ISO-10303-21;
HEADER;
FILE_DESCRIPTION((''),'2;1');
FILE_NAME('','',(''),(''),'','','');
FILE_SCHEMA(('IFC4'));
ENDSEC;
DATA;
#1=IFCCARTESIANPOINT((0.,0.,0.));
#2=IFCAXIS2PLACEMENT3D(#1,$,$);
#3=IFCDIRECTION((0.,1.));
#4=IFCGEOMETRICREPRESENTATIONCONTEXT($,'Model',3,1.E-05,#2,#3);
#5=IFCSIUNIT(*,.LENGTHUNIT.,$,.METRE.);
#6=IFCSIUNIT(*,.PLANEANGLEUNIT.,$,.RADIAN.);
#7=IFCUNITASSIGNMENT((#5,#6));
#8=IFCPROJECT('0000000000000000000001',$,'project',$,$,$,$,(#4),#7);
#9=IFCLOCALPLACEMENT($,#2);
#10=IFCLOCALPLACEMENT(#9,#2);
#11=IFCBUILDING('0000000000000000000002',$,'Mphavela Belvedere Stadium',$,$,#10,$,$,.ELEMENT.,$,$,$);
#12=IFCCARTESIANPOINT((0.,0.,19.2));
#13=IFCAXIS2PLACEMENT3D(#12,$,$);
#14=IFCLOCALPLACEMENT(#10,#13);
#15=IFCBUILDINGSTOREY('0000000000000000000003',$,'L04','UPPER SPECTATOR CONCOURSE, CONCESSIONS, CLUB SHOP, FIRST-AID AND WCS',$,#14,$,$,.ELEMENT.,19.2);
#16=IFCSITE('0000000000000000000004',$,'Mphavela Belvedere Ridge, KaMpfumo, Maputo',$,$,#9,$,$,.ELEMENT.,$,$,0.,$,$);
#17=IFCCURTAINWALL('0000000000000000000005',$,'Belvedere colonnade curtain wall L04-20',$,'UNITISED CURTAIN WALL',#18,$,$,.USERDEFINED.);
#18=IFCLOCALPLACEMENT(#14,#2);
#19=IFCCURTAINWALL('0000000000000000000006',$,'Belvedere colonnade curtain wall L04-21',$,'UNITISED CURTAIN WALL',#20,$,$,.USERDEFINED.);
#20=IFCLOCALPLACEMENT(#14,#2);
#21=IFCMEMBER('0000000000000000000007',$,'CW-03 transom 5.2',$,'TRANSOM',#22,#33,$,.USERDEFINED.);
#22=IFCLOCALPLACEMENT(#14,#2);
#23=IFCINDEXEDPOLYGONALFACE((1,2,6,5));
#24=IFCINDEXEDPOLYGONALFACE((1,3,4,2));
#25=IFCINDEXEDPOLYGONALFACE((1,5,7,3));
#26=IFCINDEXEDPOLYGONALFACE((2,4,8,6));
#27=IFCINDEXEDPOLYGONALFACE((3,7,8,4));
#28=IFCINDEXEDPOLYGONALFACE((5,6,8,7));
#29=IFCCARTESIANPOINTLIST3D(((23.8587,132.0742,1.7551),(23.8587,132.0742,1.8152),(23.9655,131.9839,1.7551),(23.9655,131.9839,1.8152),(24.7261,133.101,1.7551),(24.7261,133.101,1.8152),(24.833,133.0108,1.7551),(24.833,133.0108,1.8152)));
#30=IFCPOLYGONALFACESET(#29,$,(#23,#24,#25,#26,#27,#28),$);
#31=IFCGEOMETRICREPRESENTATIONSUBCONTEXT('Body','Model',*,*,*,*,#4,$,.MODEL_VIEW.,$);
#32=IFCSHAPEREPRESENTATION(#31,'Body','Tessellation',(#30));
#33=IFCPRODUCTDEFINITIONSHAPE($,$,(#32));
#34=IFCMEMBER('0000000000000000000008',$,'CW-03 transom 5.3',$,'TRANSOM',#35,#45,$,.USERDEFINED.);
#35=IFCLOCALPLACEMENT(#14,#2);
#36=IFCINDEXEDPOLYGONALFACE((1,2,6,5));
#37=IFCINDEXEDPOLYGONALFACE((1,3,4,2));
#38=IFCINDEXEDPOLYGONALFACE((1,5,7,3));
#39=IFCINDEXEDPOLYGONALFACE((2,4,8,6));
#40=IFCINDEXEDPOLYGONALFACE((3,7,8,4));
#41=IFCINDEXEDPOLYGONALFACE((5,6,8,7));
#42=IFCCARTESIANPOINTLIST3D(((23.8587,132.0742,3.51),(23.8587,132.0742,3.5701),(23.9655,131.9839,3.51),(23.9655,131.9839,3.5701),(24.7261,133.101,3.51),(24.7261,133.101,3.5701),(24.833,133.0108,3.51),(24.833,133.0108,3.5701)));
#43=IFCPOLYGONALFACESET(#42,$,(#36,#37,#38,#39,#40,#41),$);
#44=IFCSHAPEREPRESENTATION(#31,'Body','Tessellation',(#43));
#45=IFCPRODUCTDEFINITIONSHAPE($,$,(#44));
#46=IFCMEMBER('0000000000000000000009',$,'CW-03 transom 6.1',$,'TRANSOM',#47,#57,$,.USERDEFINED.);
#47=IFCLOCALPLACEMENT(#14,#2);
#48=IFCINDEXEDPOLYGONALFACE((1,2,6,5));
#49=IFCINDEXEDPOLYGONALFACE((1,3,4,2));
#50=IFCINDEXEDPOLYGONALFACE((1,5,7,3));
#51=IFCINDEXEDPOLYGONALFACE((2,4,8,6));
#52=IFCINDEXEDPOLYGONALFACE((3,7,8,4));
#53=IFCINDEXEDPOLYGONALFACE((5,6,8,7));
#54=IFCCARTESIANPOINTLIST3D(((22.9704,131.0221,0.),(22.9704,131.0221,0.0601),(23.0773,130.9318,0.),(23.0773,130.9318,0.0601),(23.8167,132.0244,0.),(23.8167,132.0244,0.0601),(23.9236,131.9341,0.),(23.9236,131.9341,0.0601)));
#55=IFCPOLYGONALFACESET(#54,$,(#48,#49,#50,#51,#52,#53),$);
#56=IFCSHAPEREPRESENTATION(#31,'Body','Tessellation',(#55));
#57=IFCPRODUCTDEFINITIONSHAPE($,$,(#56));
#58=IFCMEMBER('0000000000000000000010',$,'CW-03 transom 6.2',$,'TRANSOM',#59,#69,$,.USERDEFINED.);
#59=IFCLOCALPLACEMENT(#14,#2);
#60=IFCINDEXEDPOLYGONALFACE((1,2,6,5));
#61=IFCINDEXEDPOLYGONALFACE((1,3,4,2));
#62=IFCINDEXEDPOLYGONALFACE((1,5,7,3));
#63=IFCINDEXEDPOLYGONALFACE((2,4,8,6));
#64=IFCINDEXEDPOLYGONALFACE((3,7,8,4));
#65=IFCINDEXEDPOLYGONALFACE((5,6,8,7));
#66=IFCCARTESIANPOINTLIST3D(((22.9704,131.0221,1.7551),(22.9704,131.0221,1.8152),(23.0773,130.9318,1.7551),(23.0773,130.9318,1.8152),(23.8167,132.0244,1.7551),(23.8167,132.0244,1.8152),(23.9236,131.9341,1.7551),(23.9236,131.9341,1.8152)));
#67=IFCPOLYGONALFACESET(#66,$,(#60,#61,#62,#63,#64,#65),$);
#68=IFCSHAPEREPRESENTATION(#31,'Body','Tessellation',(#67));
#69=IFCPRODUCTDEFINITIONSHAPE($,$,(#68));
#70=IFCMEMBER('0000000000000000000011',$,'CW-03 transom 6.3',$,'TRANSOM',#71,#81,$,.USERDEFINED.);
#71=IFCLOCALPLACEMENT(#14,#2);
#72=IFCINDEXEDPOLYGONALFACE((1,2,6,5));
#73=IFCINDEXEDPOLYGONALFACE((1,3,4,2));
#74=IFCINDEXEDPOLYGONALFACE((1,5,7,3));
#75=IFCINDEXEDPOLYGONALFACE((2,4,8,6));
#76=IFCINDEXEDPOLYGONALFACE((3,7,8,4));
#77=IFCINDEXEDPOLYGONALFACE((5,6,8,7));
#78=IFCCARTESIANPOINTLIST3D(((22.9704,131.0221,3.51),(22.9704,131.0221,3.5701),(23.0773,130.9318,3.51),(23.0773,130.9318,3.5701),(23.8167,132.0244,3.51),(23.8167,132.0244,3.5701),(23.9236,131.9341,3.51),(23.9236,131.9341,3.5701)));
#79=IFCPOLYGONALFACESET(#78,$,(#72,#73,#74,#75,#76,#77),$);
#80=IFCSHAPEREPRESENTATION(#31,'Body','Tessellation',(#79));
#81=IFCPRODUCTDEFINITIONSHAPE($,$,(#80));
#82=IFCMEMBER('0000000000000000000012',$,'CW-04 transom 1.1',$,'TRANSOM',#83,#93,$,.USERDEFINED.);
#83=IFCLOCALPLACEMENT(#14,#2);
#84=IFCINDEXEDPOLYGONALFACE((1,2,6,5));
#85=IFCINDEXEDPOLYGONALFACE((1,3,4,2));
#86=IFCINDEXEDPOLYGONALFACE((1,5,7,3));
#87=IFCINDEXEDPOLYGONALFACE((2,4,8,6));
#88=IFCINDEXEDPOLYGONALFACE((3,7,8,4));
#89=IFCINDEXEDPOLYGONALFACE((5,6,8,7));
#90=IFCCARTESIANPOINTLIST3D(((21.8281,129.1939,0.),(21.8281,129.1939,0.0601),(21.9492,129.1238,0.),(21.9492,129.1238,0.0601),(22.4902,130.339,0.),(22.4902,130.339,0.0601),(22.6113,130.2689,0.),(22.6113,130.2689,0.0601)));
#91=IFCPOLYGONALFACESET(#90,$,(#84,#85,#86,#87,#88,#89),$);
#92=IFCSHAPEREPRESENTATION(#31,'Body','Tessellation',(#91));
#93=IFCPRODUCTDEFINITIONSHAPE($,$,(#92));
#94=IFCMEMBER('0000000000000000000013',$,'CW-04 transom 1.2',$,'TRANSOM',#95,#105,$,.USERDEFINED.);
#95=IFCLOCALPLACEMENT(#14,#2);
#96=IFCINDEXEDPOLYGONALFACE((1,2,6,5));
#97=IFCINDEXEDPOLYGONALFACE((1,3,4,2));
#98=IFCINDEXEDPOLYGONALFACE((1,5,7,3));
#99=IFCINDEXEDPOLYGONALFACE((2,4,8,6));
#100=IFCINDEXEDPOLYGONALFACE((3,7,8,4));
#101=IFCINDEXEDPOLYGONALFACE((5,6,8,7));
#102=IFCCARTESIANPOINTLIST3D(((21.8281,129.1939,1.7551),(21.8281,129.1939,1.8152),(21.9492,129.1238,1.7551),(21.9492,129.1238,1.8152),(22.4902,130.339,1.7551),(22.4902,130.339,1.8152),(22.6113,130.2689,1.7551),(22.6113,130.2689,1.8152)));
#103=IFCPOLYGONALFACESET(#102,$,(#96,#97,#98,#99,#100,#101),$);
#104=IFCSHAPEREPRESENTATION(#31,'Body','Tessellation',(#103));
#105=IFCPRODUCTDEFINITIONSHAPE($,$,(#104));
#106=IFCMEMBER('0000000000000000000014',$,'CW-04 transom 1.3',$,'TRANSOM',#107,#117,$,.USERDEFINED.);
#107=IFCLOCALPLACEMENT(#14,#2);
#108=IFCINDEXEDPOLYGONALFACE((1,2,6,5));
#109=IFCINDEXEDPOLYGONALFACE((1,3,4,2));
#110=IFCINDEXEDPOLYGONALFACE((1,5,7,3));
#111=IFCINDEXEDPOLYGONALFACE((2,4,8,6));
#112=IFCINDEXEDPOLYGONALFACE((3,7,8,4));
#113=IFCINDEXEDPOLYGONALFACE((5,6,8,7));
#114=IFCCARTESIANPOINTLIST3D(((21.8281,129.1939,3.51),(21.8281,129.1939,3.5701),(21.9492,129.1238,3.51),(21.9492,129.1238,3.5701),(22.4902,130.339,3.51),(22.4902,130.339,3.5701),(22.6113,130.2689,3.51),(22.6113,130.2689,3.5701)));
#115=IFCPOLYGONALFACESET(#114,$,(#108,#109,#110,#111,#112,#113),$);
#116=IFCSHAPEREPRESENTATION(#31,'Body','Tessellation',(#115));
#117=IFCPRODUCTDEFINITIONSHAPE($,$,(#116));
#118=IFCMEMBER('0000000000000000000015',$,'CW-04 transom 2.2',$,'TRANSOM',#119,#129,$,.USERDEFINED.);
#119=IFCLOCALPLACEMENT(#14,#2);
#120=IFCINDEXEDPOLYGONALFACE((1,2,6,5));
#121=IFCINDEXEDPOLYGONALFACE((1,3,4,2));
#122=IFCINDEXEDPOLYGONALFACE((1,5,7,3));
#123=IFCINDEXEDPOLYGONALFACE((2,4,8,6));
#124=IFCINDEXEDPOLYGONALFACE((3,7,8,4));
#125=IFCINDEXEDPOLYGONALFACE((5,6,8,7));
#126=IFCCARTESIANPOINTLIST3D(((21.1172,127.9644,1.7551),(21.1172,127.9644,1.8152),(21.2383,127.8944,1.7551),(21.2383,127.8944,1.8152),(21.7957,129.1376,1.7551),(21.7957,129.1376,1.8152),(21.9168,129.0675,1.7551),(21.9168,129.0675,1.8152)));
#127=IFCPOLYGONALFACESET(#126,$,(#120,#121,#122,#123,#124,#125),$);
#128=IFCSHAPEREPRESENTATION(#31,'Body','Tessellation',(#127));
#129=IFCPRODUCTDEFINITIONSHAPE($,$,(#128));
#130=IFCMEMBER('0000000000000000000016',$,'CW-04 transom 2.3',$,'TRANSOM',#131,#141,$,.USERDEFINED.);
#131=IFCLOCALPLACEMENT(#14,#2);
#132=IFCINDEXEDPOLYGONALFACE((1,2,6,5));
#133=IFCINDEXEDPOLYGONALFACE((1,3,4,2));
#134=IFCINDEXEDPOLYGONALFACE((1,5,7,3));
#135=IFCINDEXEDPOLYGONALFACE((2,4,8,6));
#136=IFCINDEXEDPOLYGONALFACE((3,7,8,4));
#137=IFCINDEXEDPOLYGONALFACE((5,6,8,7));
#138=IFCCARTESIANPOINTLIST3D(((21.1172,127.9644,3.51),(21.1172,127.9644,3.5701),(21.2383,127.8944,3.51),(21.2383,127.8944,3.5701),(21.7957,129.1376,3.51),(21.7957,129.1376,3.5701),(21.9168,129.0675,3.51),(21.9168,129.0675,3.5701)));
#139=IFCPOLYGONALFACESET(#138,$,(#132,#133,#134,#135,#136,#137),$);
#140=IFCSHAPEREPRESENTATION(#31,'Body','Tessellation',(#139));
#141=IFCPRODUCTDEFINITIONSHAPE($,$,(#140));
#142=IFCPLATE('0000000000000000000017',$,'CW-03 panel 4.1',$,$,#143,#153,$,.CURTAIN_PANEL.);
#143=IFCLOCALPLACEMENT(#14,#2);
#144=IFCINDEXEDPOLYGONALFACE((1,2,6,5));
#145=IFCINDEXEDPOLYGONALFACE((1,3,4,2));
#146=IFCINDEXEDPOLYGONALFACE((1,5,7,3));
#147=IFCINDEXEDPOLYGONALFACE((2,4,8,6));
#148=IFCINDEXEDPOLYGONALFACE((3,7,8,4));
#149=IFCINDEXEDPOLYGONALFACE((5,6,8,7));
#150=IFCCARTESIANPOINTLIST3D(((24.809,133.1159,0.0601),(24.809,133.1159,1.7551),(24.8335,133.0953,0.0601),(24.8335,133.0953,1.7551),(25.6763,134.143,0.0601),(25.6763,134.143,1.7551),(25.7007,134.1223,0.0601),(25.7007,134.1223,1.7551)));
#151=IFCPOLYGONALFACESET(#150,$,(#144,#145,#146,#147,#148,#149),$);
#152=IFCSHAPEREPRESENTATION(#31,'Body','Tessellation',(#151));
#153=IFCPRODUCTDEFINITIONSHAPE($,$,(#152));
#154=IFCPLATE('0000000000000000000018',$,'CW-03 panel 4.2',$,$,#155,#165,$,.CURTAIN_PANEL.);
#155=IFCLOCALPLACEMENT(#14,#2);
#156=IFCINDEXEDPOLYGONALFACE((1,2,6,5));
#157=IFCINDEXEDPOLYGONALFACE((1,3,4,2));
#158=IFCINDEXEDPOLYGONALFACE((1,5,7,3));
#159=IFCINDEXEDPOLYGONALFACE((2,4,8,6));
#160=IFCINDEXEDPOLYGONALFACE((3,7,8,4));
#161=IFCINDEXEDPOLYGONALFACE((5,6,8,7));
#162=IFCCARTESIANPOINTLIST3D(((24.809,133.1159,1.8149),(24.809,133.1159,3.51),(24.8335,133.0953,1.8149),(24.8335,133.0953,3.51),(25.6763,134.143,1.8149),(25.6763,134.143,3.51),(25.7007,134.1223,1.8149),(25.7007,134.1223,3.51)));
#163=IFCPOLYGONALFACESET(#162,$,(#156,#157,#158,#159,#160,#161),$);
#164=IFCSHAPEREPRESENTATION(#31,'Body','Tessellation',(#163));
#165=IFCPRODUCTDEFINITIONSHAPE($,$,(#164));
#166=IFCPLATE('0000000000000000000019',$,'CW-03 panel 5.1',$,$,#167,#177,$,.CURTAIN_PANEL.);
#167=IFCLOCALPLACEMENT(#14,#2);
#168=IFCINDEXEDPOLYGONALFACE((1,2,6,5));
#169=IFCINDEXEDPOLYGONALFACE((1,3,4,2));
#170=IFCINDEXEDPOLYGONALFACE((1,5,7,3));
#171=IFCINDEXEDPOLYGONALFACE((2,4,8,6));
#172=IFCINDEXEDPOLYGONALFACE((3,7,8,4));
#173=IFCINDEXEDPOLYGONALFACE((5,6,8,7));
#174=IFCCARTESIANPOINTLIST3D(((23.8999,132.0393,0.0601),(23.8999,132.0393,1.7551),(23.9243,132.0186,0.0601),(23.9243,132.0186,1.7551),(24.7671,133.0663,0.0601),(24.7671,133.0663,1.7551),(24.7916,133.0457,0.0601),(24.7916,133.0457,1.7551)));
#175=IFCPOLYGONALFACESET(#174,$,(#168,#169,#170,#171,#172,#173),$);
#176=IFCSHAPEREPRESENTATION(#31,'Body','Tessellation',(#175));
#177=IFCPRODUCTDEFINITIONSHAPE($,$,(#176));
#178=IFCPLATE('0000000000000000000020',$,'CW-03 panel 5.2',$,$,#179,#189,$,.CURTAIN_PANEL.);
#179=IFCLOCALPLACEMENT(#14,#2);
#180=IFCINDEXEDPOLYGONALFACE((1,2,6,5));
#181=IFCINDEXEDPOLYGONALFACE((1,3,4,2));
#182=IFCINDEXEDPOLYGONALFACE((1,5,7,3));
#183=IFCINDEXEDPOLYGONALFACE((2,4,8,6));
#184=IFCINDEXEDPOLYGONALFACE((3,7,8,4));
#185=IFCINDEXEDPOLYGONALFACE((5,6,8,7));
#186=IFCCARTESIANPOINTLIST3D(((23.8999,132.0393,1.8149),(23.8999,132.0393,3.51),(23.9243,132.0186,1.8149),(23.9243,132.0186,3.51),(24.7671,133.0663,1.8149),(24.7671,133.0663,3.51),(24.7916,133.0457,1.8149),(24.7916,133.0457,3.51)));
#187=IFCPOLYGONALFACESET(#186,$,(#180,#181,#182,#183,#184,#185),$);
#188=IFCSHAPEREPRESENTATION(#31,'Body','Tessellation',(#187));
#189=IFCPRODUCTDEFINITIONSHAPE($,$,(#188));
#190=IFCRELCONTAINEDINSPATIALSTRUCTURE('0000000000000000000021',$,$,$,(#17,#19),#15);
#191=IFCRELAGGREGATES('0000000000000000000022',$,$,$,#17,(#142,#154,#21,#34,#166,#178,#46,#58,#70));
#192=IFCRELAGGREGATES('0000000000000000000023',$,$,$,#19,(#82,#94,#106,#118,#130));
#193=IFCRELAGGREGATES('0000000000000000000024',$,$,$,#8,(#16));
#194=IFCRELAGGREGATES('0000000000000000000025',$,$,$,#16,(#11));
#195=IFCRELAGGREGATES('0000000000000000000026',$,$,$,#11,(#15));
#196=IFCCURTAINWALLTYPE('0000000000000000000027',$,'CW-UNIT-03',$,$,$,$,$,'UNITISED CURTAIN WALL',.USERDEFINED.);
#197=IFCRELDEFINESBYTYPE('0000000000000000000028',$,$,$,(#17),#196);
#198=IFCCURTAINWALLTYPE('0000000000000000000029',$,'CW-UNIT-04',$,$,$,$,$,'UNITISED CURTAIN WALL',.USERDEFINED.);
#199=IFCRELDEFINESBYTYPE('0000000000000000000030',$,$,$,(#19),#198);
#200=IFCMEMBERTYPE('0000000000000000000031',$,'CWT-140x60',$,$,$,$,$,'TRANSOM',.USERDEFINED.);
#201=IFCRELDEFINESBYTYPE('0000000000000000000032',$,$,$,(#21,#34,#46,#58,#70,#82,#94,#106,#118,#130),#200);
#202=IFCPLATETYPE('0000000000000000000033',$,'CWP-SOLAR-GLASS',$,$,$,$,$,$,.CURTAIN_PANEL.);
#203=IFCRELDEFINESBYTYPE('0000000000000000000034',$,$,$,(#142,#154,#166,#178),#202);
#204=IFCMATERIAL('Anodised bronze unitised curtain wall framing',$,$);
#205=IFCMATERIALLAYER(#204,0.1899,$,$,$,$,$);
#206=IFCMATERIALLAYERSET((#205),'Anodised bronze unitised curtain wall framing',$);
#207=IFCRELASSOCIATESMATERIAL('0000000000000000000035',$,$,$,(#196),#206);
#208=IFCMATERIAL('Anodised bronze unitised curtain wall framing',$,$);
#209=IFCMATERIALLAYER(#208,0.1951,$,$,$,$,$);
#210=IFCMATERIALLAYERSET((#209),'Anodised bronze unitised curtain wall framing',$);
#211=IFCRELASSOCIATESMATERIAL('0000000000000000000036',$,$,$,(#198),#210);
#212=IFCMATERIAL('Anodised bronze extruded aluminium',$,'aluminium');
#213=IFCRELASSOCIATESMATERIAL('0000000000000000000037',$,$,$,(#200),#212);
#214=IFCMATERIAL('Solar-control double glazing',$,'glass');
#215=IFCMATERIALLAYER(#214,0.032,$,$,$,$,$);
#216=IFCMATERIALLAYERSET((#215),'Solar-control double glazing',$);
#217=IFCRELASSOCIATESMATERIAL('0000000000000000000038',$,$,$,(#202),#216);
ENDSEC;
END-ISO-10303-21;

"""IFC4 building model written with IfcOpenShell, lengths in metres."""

from ifc_helpers import new_model, si_unit, direction, frame, origin, origin_2d, place, context, subcontext, project, spatial, rectangle, extrude, material, layer, layer_set, material_profile, profile_set, type_object, element, aggregate, save


model = new_model("IFC4")

# Units and contexts
model_context = context("Model", 3, precision=1e-05, world=origin(), true_north=direction((0.0, 1.0)))
body_context = subcontext(model_context, "Body", "Model", "MODEL_VIEW")
ifc_project = project(units=[si_unit("LENGTHUNIT", "METRE"), si_unit("PLANEANGLEUNIT", "RADIAN")], contexts=[model_context])

# Site, building, storey
site_placement = place(None, origin())
site = spatial("IfcSite", under=ifc_project, at=site_placement, Name="Mphavela Belvedere Ridge, KaMpfumo, Maputo", CompositionType="ELEMENT", RefElevation=0.0)
building_placement = place(site_placement, origin())
building = spatial("IfcBuilding", under=site, at=building_placement, Name="Mphavela Belvedere Stadium", CompositionType="ELEMENT")
storey_placement = place(building_placement, frame((0.0, 0.0, 19.2)))
storey = spatial("IfcBuildingStorey", under=building, at=storey_placement, Name="L04", Description="UPPER SPECTATOR CONCOURSE, CONCESSIONS, CLUB SHOP, FIRST-AID AND WCS", CompositionType="ELEMENT", Elevation=19.2)

# Curtain walls
ifc_material_1 = material(Name="Anodised bronze unitised curtain wall framing")
ifc_layer_1 = layer(ifc_material_1, 0.1899)
ifc_layer_set_1 = layer_set([ifc_layer_1], Name="Anodised bronze unitised curtain wall framing")
curtain_wall_type_1 = type_object("IfcCurtainWallType", Name="CW-UNIT-03", ElementType="UNITISED CURTAIN WALL", PredefinedType="USERDEFINED", material=ifc_layer_set_1)
curtain_wall_1_placement = place(storey_placement, origin())
curtain_wall_1 = element("IfcCurtainWall", 1, at=curtain_wall_1_placement, inside=storey, type_object=curtain_wall_type_1, Name="Belvedere colonnade curtain wall L04-20", ObjectType="UNITISED CURTAIN WALL", PredefinedType="USERDEFINED")
ifc_material_2 = material(Name="Anodised bronze unitised curtain wall framing")
ifc_layer_2 = layer(ifc_material_2, 0.1951)
ifc_layer_set_2 = layer_set([ifc_layer_2], Name="Anodised bronze unitised curtain wall framing")
curtain_wall_type_2 = type_object("IfcCurtainWallType", Name="CW-UNIT-04", ElementType="UNITISED CURTAIN WALL", PredefinedType="USERDEFINED", material=ifc_layer_set_2)
curtain_wall_2_placement = place(storey_placement, origin())
curtain_wall_2 = element("IfcCurtainWall", 2, at=curtain_wall_2_placement, inside=storey, type_object=curtain_wall_type_2, Name="Belvedere colonnade curtain wall L04-21", ObjectType="UNITISED CURTAIN WALL", PredefinedType="USERDEFINED")

# Members
ifc_material_3 = material(Name="Anodised bronze extruded aluminium", Category="aluminium")
ifc_material_profile_1 = material_profile(ifc_material_3, rectangle(XDim=0.1399, YDim=0.0601, at=origin_2d()), Name="CW-TRN 140x60")
ifc_profile_set_1 = profile_set([ifc_material_profile_1], Name="Anodised bronze extruded aluminium")
member_type_1 = type_object("IfcMemberType", Name="CWT-140x60", ElementType="TRANSOM", PredefinedType="USERDEFINED", material=ifc_profile_set_1)
member_1_placement = place(storey_placement, frame((24.7795, 133.0559, 1.7852), z_axis=(-0.645315, -0.763916, 0.0), x_axis=(0.763916, -0.645315, 0.0)))
member_1 = element("IfcMember", 3, at=member_1_placement, type_object=member_type_1, Name="CW-03 transom 5.2", ObjectType="TRANSOM", PredefinedType="USERDEFINED", context=body_context, shape_type="SweptSolid", body=[
    extrude(rectangle(XDim=0.1399, YDim=0.0601, at=origin_2d()), origin(), (0.0, 0.0, 1.0), 1.3442),
])
member_2_placement = place(storey_placement, frame((24.7795, 133.0559, 3.54), z_axis=(-0.645315, -0.763916, 0.0), x_axis=(0.763916, -0.645315, 0.0)))
member_2 = element("IfcMember", 4, at=member_2_placement, type_object=member_type_1, Name="CW-03 transom 5.3", ObjectType="TRANSOM", PredefinedType="USERDEFINED", context=body_context, shape_type="SweptSolid", body=[
    extrude(rectangle(XDim=0.1399, YDim=0.0601, at=origin_2d()), origin(), (0.0, 0.0, 1.0), 1.3442),
])
member_3_placement = place(storey_placement, frame((23.8701, 131.9792, 0.03), z_axis=(-0.645133, -0.764071, 0.0), x_axis=(0.764071, -0.645133, 0.0)))
member_3 = element("IfcMember", 5, at=member_3_placement, type_object=member_type_1, Name="CW-03 transom 6.1", ObjectType="TRANSOM", PredefinedType="USERDEFINED", context=body_context, shape_type="SweptSolid", body=[
    extrude(rectangle(XDim=0.1399, YDim=0.0601, at=origin_2d()), origin(), (0.0, 0.0, 1.0), 1.3118),
])
member_4_placement = place(storey_placement, frame((23.8701, 131.9792, 1.7852), z_axis=(-0.645133, -0.764071, 0.0), x_axis=(0.764071, -0.645133, 0.0)))
member_4 = element("IfcMember", 6, at=member_4_placement, type_object=member_type_1, Name="CW-03 transom 6.2", ObjectType="TRANSOM", PredefinedType="USERDEFINED", context=body_context, shape_type="SweptSolid", body=[
    extrude(rectangle(XDim=0.1399, YDim=0.0601, at=origin_2d()), origin(), (0.0, 0.0, 1.0), 1.3118),
])
member_5_placement = place(storey_placement, frame((23.8701, 131.9792, 3.54), z_axis=(-0.645133, -0.764071, 0.0), x_axis=(0.764071, -0.645133, 0.0)))
member_5 = element("IfcMember", 7, at=member_5_placement, type_object=member_type_1, Name="CW-03 transom 6.3", ObjectType="TRANSOM", PredefinedType="USERDEFINED", context=body_context, shape_type="SweptSolid", body=[
    extrude(rectangle(XDim=0.1399, YDim=0.0601, at=origin_2d()), origin(), (0.0, 0.0, 1.0), 1.3118),
])
member_6_placement = place(storey_placement, frame((22.5508, 130.304, 0.03), z_axis=(-0.500585, -0.865687, 0.0), x_axis=(0.865687, -0.500585, 0.0)))
member_6 = element("IfcMember", 8, at=member_6_placement, type_object=member_type_1, Name="CW-04 transom 1.1", ObjectType="TRANSOM", PredefinedType="USERDEFINED", context=body_context, shape_type="SweptSolid", body=[
    extrude(rectangle(XDim=0.1399, YDim=0.0601, at=origin_2d()), origin(), (0.0, 0.0, 1.0), 1.3228),
])
member_7_placement = place(storey_placement, frame((22.5508, 130.304, 1.7852), z_axis=(-0.500585, -0.865687, 0.0), x_axis=(0.865687, -0.500585, 0.0)))
member_7 = element("IfcMember", 9, at=member_7_placement, type_object=member_type_1, Name="CW-04 transom 1.2", ObjectType="TRANSOM", PredefinedType="USERDEFINED", context=body_context, shape_type="SweptSolid", body=[
    extrude(rectangle(XDim=0.1399, YDim=0.0601, at=origin_2d()), origin(), (0.0, 0.0, 1.0), 1.3228),
])
member_8_placement = place(storey_placement, frame((22.5508, 130.304, 3.54), z_axis=(-0.500585, -0.865687, 0.0), x_axis=(0.865687, -0.500585, 0.0)))
member_8 = element("IfcMember", 10, at=member_8_placement, type_object=member_type_1, Name="CW-04 transom 1.3", ObjectType="TRANSOM", PredefinedType="USERDEFINED", context=body_context, shape_type="SweptSolid", body=[
    extrude(rectangle(XDim=0.1399, YDim=0.0601, at=origin_2d()), origin(), (0.0, 0.0, 1.0), 1.3228),
])
member_9_placement = place(storey_placement, frame((21.8562, 129.1025, 1.7852), z_axis=(-0.500653, -0.865648, 0.0), x_axis=(0.865648, -0.500653, 0.0)))
member_9 = element("IfcMember", 11, at=member_9_placement, type_object=member_type_1, Name="CW-04 transom 2.2", ObjectType="TRANSOM", PredefinedType="USERDEFINED", context=body_context, shape_type="SweptSolid", body=[
    extrude(rectangle(XDim=0.1399, YDim=0.0601, at=origin_2d()), origin(), (0.0, 0.0, 1.0), 1.3552),
])
member_10_placement = place(storey_placement, frame((21.8562, 129.1025, 3.54), z_axis=(-0.500653, -0.865648, 0.0), x_axis=(0.865648, -0.500653, 0.0)))
member_10 = element("IfcMember", 12, at=member_10_placement, type_object=member_type_1, Name="CW-04 transom 2.3", ObjectType="TRANSOM", PredefinedType="USERDEFINED", context=body_context, shape_type="SweptSolid", body=[
    extrude(rectangle(XDim=0.1399, YDim=0.0601, at=origin_2d()), origin(), (0.0, 0.0, 1.0), 1.3552),
])

# Plates
ifc_material_4 = material(Name="Solar-control double glazing", Category="glass")
ifc_layer_3 = layer(ifc_material_4, 0.032)
ifc_layer_set_3 = layer_set([ifc_layer_3], Name="Solar-control double glazing")
plate_type = type_object("IfcPlateType", Name="CWP-SOLAR-GLASS", PredefinedType="CURTAIN_PANEL", material=ifc_layer_set_3)
plate_1_placement = place(storey_placement, frame((25.2549, 133.6191, 0.0601), z_axis=(0.0, 0.0, 1.0), x_axis=(-0.645175, -0.764035, 0.0)))
plate_1 = element("IfcPlate", 13, at=plate_1_placement, type_object=plate_type, Name="CW-03 panel 4.1", PredefinedType="CURTAIN_PANEL", context=body_context, shape_type="SweptSolid", body=[
    extrude(rectangle(XDim=1.3442, YDim=0.032, at=origin_2d()), origin(), (0.0, 0.0, 1.0), 1.6951),
])
plate_2_placement = place(storey_placement, frame((25.2549, 133.6191, 1.8149), z_axis=(0.0, 0.0, 1.0), x_axis=(-0.645175, -0.764035, 0.0)))
plate_2 = element("IfcPlate", 14, at=plate_2_placement, type_object=plate_type, Name="CW-03 panel 4.2", PredefinedType="CURTAIN_PANEL", context=body_context, shape_type="SweptSolid", body=[
    extrude(rectangle(XDim=1.3442, YDim=0.032, at=origin_2d()), origin(), (0.0, 0.0, 1.0), 1.6951),
])
plate_3_placement = place(storey_placement, frame((24.3457, 132.5425, 0.0601), z_axis=(0.0, 0.0, 1.0), x_axis=(-0.645175, -0.764035, 0.0)))
plate_3 = element("IfcPlate", 15, at=plate_3_placement, type_object=plate_type, Name="CW-03 panel 5.1", PredefinedType="CURTAIN_PANEL", context=body_context, shape_type="SweptSolid", body=[
    extrude(rectangle(XDim=1.3442, YDim=0.032, at=origin_2d()), origin(), (0.0, 0.0, 1.0), 1.6951),
])
plate_4_placement = place(storey_placement, frame((24.3457, 132.5425, 1.8149), z_axis=(0.0, 0.0, 1.0), x_axis=(-0.645175, -0.764035, 0.0)))
plate_4 = element("IfcPlate", 16, at=plate_4_placement, type_object=plate_type, Name="CW-03 panel 5.2", PredefinedType="CURTAIN_PANEL", context=body_context, shape_type="SweptSolid", body=[
    extrude(rectangle(XDim=1.3442, YDim=0.032, at=origin_2d()), origin(), (0.0, 0.0, 1.0), 1.6951),
])
aggregate(curtain_wall_1, [plate_1, plate_2, member_1, member_2, plate_3, plate_4, member_3, member_4, member_5])
aggregate(curtain_wall_2, [member_6, member_7, member_8, member_9, member_10])

save(model, "model.ifc")
